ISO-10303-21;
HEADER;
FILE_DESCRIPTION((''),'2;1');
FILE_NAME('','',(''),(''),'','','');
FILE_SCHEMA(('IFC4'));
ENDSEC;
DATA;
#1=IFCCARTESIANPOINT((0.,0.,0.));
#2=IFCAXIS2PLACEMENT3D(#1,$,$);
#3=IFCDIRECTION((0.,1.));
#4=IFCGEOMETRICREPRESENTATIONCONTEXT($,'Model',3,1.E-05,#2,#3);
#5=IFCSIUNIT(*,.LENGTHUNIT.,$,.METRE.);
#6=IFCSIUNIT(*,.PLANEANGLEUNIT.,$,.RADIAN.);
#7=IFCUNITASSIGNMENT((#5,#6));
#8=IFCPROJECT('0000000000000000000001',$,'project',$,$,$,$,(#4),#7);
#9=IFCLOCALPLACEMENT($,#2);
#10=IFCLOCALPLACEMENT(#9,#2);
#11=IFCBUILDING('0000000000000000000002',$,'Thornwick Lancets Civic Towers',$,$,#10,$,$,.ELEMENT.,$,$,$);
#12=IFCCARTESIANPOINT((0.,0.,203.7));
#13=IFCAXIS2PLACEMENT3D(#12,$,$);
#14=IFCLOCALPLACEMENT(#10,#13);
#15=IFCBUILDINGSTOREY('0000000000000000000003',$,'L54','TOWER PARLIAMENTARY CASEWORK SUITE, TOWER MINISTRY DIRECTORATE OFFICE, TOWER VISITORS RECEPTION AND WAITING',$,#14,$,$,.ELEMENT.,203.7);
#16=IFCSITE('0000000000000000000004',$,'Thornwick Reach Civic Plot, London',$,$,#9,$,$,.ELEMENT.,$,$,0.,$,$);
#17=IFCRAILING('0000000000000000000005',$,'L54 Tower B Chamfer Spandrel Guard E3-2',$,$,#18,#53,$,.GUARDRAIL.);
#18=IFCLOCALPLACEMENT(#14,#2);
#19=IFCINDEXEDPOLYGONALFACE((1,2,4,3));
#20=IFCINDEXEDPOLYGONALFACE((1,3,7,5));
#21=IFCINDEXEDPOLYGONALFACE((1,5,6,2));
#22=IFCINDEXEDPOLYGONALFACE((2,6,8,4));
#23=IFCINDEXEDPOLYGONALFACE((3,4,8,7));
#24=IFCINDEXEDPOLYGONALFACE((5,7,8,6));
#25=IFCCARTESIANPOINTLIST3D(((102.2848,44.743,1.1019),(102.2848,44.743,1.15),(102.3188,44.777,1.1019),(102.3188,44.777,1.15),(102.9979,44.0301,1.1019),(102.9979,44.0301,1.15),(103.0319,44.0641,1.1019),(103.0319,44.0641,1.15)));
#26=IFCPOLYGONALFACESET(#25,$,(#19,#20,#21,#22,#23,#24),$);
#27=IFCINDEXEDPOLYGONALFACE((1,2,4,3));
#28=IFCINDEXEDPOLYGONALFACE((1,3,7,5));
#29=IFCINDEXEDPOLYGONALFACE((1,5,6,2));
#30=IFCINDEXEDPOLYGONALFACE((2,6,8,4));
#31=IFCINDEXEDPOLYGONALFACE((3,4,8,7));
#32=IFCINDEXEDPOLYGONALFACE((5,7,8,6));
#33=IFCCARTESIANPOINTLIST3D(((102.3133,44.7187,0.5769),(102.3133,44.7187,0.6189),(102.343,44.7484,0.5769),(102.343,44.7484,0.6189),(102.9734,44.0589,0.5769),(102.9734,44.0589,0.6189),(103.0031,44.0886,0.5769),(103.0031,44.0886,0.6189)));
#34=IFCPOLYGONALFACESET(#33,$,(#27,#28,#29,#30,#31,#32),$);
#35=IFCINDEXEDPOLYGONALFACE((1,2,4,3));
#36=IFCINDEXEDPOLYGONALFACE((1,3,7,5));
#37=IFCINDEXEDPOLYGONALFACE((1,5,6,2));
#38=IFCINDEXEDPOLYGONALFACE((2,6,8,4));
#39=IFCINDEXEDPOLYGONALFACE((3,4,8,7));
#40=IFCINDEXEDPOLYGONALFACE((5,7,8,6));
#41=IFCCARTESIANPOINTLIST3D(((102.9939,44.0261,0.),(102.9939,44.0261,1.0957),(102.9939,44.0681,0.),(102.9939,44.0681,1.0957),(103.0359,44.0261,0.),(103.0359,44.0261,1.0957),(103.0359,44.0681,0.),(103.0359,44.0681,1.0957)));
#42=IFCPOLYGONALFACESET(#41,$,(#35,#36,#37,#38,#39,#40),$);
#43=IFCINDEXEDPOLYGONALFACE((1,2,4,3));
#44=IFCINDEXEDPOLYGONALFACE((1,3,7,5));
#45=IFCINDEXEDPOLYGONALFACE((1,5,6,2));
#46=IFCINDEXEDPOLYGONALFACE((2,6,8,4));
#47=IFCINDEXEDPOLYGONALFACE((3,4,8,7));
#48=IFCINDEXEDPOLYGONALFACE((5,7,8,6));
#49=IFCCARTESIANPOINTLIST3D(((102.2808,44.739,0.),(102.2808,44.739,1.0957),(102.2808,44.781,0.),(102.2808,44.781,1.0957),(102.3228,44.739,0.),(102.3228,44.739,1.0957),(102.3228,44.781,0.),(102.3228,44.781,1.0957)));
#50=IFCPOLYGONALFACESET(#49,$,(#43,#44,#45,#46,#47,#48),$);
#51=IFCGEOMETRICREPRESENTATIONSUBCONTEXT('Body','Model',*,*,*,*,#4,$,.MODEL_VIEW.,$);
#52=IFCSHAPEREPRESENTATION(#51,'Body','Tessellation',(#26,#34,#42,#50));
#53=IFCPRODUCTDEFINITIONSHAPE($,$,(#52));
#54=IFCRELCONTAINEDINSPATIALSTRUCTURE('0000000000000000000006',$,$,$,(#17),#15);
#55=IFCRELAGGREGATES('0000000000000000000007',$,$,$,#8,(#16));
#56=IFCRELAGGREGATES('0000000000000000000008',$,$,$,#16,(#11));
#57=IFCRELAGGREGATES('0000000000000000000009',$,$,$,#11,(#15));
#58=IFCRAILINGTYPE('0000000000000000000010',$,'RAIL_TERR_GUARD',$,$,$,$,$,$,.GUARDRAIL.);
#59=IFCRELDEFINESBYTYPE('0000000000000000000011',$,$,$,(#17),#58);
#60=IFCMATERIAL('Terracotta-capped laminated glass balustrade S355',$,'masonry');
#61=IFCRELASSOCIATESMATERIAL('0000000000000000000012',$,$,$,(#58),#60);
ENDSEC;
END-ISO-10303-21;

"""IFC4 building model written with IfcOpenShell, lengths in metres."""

from ifc_helpers import new_model, si_unit, direction, frame, origin, origin_2d, place, context, subcontext, project, spatial, rectangle, extrude, material, type_object, element, save


model = new_model("IFC4")

# Units and contexts
model_context = context("Model", 3, precision=1e-05, world=origin(), true_north=direction((0.0, 1.0)))
body_context = subcontext(model_context, "Body", "Model", "MODEL_VIEW")
ifc_project = project(units=[si_unit("LENGTHUNIT", "METRE"), si_unit("PLANEANGLEUNIT", "RADIAN")], contexts=[model_context])

# Site, building, storey
site_placement = place(None, origin())
site = spatial("IfcSite", under=ifc_project, at=site_placement, Name="Thornwick Reach Civic Plot, London", CompositionType="ELEMENT", RefElevation=0.0)
building_placement = place(site_placement, origin())
building = spatial("IfcBuilding", under=site, at=building_placement, Name="Thornwick Lancets Civic Towers", CompositionType="ELEMENT")
storey_placement = place(building_placement, frame((0.0, 0.0, 203.7)))
storey = spatial("IfcBuildingStorey", under=building, at=storey_placement, Name="L54", Description="TOWER PARLIAMENTARY CASEWORK SUITE, TOWER MINISTRY DIRECTORATE OFFICE, TOWER VISITORS RECEPTION AND WAITING", CompositionType="ELEMENT", Elevation=203.7)

# Railing
ifc_material_1 = material(Name="Terracotta-capped laminated glass balustrade S355", Category="masonry")
railing_type = type_object("IfcRailingType", Name="RAIL_TERR_GUARD", PredefinedType="GUARDRAIL", material=ifc_material_1)
railing_1_placement = place(storey_placement, frame((103.0149, 44.0471, 0.0)))
element("IfcRailing", 1, at=railing_1_placement, inside=storey, type_object=railing_type, Name="L54 Tower B Chamfer Spandrel Guard E3-2", PredefinedType="GUARDRAIL", context=body_context, shape_type="SweptSolid", body=[
    extrude(rectangle(XDim=0.0481, YDim=0.0481, at=origin_2d()), frame((0.0, 0.0, 1.126), z_axis=(-0.707228, 0.706986, 0.0), x_axis=(-0.706986, -0.707228, 0.0)), (0.0, 0.0, 1.0), 1.0083),
    extrude(rectangle(XDim=0.042, YDim=0.042, at=origin_2d()), frame((-0.0266, 0.0266, 0.5979), z_axis=(-0.707228, 0.706986, 0.0), x_axis=(-0.706986, -0.707228, 0.0)), (0.0, 0.0, 1.0), 0.9333),
    extrude(rectangle(XDim=0.042, YDim=0.042, at=origin_2d()), origin(), (0.0, 0.0, 1.0), 1.0957),
    extrude(rectangle(XDim=0.042, YDim=0.042, at=origin_2d()), frame((-0.7131, 0.7129, 0.0)), (0.0, 0.0, 1.0), 1.0957),
])

save(model, "model.ifc")
